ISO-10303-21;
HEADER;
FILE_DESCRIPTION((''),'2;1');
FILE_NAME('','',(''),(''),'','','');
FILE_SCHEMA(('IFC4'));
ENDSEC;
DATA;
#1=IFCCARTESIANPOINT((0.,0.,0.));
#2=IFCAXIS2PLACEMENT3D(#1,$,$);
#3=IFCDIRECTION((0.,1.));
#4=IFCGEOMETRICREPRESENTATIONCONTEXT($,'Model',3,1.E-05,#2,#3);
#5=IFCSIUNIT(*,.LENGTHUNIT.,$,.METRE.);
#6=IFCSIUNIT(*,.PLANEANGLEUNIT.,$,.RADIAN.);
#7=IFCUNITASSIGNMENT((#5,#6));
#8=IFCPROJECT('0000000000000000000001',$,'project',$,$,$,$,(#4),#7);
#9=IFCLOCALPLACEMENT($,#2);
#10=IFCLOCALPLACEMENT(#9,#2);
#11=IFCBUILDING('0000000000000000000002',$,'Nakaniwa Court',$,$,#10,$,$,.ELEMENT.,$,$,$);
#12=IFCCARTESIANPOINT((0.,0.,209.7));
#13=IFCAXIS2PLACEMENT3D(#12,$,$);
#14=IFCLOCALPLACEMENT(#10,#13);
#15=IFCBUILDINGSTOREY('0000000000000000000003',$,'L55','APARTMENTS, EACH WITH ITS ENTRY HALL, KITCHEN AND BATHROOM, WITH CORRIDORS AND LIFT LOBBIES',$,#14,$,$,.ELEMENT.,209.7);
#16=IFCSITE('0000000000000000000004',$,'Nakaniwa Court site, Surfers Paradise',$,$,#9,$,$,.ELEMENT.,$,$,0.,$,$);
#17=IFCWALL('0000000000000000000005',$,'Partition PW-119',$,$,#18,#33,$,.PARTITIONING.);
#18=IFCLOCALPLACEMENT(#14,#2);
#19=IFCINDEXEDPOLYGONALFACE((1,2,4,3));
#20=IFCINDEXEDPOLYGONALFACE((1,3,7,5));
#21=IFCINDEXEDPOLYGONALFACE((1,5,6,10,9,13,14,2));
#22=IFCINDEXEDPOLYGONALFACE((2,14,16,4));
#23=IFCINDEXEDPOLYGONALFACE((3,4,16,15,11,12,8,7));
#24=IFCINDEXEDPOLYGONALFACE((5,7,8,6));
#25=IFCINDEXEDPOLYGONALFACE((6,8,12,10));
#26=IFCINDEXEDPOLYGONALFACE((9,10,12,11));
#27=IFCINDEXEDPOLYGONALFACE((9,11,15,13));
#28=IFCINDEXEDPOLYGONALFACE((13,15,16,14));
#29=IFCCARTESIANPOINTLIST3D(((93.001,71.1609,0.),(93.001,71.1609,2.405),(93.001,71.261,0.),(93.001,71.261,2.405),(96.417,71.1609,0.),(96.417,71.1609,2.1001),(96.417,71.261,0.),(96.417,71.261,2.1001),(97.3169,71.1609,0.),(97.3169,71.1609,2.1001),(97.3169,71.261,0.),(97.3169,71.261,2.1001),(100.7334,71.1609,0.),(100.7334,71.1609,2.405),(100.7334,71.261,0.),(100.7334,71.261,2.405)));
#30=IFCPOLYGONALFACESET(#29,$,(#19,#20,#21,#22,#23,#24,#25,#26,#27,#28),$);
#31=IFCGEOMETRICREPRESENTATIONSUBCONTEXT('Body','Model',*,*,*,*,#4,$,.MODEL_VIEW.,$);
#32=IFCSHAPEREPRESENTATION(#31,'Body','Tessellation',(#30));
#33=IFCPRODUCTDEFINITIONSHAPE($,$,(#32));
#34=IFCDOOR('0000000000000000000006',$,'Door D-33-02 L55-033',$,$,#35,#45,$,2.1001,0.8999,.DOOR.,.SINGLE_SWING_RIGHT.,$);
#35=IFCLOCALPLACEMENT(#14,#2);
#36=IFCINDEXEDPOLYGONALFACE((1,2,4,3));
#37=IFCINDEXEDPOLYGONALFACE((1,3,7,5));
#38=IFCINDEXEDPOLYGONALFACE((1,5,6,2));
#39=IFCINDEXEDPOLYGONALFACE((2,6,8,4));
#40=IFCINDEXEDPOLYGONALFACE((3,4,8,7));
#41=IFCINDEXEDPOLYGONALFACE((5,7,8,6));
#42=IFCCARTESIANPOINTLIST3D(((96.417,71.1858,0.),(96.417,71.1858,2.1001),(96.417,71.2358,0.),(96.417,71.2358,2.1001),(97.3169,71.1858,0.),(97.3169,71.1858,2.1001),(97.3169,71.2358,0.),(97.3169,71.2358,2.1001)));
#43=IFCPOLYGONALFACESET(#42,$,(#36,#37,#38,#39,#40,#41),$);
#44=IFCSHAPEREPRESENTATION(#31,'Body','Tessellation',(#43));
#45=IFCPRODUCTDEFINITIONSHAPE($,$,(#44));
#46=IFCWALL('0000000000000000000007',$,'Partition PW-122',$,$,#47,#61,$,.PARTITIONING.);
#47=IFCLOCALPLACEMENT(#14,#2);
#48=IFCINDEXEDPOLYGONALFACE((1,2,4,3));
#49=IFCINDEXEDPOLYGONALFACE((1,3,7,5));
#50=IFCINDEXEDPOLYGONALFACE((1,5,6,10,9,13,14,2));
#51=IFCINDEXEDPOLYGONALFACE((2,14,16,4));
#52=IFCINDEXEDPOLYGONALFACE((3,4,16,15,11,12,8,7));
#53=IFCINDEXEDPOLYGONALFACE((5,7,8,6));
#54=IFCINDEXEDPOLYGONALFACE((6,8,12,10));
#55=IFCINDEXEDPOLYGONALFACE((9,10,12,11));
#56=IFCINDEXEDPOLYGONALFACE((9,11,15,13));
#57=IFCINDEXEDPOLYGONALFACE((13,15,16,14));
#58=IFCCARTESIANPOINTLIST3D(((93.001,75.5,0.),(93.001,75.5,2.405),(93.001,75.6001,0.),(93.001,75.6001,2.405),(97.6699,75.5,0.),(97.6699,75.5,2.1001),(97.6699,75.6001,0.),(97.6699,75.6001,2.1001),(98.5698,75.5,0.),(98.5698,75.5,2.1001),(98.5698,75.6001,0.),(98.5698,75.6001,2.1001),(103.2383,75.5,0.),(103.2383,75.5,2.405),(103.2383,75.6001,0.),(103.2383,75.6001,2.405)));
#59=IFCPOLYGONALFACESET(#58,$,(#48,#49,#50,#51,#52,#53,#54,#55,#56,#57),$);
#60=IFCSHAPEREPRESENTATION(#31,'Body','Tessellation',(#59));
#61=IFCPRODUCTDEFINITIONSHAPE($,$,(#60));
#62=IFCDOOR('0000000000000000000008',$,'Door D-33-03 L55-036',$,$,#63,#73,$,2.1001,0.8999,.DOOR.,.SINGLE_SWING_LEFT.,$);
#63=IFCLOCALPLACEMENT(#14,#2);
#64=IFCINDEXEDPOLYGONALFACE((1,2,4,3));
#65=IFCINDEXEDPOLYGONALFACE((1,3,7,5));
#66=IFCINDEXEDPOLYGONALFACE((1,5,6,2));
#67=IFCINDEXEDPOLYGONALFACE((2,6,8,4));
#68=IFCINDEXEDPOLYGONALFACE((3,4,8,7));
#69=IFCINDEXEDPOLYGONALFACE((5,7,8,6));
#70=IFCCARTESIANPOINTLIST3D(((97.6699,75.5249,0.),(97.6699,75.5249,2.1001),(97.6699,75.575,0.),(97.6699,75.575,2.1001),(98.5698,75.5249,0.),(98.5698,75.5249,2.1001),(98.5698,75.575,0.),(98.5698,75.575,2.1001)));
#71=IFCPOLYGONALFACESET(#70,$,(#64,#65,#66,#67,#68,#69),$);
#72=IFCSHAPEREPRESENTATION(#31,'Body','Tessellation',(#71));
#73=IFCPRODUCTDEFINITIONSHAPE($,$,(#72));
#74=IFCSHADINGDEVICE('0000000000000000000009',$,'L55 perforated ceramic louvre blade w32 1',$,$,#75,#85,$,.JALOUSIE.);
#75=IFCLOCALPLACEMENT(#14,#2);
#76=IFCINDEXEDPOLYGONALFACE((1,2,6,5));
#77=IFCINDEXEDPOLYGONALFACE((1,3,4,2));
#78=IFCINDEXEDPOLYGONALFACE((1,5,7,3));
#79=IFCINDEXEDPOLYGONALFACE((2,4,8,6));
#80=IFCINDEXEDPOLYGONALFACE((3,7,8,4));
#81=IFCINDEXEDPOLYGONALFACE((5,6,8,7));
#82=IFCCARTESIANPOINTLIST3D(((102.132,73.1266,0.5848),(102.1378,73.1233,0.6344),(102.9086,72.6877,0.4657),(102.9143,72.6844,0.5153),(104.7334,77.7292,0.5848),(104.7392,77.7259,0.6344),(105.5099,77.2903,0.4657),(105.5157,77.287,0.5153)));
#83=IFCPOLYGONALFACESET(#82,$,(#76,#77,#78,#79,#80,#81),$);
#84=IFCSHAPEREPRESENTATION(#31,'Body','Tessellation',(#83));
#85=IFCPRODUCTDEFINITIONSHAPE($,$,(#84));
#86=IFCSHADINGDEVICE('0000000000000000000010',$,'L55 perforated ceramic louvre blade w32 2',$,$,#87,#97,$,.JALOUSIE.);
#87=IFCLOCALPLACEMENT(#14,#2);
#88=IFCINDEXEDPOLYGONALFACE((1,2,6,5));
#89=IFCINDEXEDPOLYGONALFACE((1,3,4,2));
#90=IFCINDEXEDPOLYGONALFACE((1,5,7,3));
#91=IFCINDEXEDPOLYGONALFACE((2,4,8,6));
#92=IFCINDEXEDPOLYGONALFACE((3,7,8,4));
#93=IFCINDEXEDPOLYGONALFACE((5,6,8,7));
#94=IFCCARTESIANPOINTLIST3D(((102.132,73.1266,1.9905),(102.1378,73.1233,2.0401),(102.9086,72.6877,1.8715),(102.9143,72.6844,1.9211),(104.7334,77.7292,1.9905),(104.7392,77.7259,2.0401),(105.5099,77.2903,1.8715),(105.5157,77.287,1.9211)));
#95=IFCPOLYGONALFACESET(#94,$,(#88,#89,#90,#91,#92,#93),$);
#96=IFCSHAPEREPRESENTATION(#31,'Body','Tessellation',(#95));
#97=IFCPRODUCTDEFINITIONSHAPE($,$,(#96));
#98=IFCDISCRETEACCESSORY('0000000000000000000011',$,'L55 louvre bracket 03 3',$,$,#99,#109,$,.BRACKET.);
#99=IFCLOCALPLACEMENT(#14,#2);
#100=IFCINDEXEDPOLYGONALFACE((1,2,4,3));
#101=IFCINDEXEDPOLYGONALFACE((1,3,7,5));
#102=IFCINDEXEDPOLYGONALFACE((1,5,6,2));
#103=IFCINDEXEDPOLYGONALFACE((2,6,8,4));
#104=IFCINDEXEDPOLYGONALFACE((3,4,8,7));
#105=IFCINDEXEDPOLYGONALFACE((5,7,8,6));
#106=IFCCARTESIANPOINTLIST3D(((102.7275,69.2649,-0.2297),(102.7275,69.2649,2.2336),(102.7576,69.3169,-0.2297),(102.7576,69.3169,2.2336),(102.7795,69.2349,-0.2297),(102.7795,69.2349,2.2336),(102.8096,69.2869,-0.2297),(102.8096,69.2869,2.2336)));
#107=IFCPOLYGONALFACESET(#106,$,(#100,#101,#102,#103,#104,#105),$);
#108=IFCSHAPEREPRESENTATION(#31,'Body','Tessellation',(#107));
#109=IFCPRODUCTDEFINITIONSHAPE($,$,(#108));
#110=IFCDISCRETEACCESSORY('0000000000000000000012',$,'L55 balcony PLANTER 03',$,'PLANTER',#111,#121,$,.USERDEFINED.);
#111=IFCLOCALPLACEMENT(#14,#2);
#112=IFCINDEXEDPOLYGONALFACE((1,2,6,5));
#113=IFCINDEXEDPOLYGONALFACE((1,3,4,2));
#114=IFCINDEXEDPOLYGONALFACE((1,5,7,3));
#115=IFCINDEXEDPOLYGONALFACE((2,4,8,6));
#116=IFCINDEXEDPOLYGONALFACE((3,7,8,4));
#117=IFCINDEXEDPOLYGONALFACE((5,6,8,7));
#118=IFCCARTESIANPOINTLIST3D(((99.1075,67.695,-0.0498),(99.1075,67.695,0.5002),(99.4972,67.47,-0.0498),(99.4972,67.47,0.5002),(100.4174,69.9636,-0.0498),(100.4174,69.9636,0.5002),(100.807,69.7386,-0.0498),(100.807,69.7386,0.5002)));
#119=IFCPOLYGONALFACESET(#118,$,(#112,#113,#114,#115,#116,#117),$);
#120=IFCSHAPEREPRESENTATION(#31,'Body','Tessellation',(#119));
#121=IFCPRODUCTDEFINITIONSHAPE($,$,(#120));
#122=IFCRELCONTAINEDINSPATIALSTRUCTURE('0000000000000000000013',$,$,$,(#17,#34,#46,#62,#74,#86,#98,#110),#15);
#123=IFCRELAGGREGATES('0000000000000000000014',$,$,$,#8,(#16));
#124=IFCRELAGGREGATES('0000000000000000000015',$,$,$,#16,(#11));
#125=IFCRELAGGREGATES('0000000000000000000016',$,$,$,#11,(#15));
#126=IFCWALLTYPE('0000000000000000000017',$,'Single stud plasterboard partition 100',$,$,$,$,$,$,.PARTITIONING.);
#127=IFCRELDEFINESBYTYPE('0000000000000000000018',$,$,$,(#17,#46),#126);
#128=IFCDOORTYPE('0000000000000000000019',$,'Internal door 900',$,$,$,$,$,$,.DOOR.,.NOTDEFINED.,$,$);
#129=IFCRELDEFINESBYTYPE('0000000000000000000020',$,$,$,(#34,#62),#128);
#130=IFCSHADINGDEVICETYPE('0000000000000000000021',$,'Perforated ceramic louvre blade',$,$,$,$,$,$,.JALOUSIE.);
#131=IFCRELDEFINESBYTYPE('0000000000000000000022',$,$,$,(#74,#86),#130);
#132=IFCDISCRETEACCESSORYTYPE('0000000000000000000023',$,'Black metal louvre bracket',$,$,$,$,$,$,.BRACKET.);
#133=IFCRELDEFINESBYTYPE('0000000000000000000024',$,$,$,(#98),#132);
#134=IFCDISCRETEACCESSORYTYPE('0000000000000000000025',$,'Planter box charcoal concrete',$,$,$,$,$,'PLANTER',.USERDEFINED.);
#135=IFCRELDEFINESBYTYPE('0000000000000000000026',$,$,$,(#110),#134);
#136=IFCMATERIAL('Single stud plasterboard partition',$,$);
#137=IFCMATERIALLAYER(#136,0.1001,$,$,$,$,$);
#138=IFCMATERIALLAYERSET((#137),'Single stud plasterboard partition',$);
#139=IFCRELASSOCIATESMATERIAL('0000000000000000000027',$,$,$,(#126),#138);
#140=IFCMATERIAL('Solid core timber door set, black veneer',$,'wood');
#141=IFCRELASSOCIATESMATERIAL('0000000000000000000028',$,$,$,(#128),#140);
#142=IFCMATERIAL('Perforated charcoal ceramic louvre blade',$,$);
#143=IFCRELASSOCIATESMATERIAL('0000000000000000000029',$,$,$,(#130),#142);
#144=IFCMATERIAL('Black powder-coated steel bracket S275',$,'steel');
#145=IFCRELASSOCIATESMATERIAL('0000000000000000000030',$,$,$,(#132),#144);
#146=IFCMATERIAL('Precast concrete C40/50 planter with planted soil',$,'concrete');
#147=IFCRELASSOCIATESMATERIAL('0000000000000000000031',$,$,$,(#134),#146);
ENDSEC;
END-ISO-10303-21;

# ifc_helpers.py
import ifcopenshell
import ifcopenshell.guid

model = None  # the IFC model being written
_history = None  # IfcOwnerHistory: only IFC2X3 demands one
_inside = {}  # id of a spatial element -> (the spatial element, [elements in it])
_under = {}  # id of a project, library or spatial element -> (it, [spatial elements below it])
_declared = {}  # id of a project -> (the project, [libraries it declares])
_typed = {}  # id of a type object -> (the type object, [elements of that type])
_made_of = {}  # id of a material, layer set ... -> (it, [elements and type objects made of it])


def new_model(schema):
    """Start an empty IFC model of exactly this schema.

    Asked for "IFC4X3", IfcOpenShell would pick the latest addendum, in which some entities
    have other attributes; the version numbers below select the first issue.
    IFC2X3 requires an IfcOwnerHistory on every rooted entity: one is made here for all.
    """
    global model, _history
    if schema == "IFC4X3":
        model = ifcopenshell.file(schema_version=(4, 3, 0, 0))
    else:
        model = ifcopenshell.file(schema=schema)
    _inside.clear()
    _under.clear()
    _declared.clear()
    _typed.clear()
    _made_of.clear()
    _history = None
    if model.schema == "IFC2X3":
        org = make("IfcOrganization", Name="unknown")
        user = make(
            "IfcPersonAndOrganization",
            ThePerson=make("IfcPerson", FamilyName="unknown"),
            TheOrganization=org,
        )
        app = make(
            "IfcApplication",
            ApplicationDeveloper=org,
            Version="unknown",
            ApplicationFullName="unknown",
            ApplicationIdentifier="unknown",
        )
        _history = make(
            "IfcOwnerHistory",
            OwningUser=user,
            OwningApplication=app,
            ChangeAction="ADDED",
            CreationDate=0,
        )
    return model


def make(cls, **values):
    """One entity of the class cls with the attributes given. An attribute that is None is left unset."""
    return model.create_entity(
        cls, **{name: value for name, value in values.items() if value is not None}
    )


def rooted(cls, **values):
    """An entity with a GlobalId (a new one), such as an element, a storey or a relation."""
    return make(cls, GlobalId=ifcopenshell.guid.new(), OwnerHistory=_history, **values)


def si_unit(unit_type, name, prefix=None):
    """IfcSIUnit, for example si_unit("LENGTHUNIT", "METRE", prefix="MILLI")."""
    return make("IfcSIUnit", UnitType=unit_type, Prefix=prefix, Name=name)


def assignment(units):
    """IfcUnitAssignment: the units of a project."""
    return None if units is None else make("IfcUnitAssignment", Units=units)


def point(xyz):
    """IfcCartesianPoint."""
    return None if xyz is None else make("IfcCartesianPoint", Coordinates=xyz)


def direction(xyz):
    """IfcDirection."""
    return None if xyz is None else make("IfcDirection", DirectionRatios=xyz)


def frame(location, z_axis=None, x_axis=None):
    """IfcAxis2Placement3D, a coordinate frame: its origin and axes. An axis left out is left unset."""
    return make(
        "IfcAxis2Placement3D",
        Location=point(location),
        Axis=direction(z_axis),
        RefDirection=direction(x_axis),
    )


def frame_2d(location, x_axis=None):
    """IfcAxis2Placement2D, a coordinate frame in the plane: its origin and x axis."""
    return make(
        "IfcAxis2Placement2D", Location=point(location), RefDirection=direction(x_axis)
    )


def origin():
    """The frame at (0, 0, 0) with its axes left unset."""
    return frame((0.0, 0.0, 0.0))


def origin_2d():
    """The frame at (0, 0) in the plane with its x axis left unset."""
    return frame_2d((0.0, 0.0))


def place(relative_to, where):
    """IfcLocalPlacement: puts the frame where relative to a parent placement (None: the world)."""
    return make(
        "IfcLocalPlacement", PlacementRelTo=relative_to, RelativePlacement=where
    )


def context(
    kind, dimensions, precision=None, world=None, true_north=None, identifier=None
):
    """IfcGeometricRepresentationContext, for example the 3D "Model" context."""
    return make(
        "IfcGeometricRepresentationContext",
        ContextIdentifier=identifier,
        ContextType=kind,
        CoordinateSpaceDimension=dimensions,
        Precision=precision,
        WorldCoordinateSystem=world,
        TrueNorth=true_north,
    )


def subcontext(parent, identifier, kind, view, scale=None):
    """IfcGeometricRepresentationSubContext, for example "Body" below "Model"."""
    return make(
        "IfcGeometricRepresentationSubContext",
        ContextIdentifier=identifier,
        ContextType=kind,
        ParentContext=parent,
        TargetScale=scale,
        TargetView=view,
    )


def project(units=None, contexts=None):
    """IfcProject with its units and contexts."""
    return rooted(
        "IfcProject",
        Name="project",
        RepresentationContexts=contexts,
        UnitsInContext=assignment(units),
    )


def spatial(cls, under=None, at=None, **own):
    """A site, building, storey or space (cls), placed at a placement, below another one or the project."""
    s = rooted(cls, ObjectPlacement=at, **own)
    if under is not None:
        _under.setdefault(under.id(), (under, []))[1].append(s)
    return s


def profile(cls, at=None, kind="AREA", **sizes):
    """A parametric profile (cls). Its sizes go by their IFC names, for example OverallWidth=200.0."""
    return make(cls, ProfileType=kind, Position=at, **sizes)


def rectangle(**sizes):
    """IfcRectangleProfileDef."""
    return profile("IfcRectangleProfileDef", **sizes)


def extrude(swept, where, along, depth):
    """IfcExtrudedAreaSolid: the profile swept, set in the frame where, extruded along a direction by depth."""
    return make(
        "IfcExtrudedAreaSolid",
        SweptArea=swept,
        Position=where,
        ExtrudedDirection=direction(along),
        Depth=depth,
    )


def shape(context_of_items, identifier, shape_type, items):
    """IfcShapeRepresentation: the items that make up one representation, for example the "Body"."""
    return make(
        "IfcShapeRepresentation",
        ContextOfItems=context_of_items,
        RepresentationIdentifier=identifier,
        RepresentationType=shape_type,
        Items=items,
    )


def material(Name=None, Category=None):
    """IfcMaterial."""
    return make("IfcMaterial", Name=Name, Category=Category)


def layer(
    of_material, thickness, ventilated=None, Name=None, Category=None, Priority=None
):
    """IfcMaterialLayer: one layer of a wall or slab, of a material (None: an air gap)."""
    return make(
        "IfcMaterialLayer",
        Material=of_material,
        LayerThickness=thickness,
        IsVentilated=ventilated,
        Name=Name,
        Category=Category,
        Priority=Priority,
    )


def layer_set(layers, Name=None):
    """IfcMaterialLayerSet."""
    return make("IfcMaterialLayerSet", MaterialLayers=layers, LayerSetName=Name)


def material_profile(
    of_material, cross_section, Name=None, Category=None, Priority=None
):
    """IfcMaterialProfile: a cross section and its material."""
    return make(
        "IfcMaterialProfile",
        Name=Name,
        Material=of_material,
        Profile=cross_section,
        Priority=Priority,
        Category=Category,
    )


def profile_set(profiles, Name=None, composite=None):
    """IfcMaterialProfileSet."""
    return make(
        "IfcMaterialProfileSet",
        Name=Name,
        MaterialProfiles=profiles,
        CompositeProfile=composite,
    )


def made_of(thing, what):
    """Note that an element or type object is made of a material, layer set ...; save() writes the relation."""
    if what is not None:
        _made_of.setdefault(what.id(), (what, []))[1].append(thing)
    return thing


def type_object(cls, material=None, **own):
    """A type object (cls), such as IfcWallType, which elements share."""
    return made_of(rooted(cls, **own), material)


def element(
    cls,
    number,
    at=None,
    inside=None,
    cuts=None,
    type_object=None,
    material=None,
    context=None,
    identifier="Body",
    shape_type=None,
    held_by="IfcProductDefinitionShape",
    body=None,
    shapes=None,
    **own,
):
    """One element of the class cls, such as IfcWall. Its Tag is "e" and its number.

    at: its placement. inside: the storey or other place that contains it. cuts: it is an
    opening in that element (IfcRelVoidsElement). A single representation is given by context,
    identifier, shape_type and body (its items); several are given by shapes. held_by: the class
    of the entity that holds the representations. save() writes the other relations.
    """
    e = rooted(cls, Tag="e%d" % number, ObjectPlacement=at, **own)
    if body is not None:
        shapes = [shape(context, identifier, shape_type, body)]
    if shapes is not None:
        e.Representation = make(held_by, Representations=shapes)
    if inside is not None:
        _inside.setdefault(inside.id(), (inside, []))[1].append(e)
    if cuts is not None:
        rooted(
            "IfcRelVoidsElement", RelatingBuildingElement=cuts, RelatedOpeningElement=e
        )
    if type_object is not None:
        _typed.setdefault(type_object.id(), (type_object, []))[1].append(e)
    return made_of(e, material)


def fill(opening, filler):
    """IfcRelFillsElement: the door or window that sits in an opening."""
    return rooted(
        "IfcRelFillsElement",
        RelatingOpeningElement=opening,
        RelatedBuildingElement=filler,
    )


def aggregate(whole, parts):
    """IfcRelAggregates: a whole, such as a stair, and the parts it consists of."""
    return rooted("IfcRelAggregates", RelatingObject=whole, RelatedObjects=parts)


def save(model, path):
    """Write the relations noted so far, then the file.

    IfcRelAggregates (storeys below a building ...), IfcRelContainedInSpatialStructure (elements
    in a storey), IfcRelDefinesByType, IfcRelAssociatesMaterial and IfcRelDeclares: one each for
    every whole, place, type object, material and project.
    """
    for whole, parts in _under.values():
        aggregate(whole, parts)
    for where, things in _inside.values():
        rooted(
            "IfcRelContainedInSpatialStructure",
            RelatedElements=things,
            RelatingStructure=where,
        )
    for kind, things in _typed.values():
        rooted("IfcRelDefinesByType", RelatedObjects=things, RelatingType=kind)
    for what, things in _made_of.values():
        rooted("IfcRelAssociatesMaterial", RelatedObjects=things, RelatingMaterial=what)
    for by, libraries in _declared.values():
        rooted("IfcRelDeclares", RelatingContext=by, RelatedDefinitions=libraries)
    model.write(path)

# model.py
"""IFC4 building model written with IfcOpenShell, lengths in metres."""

from ifc_helpers import new_model, si_unit, direction, frame, frame_2d, origin, origin_2d, place, context, subcontext, project, spatial, rectangle, extrude, material, layer, layer_set, material_profile, profile_set, type_object, element, fill, save


model = new_model("IFC4")

# Units and contexts
model_context = context("Model", 3, precision=1e-05, world=origin(), true_north=direction((0.0, 1.0)))
body_context = subcontext(model_context, "Body", "Model", "MODEL_VIEW")
ifc_project = project(units=[si_unit("LENGTHUNIT", "METRE"), si_unit("PLANEANGLEUNIT", "RADIAN")], contexts=[model_context])

# Site, building, storey
site_placement = place(None, origin())
site = spatial("IfcSite", under=ifc_project, at=site_placement, Name="Nakaniwa Court site, Surfers Paradise", CompositionType="ELEMENT", RefElevation=0.0)
building_placement = place(site_placement, origin())
building = spatial("IfcBuilding", under=site, at=building_placement, Name="Nakaniwa Court", CompositionType="ELEMENT")
storey_placement = place(building_placement, frame((0.0, 0.0, 209.7)))
storey = spatial("IfcBuildingStorey", under=building, at=storey_placement, Name="L55", Description="APARTMENTS, EACH WITH ITS ENTRY HALL, KITCHEN AND BATHROOM, WITH CORRIDORS AND LIFT LOBBIES", CompositionType="ELEMENT", Elevation=209.7)

# Walls, openings, doors
ifc_material_1 = material(Name="Single stud plasterboard partition")
ifc_layer_1 = layer(ifc_material_1, 0.1001)
ifc_layer_set_1 = layer_set([ifc_layer_1], Name="Single stud plasterboard partition")
wall_type_1 = type_object("IfcWallType", Name="Single stud plasterboard partition 100", PredefinedType="PARTITIONING", material=ifc_layer_set_1)
wall_1_placement = place(storey_placement, frame((93.001, 71.2109, 0.0), z_axis=(0.0, 0.0, 1.0), x_axis=(1.0, 0.0, 0.0)))
wall_1 = element("IfcWall", 1, at=wall_1_placement, inside=storey, type_object=wall_type_1, Name="Partition PW-119", PredefinedType="PARTITIONING", context=body_context, shape_type="SweptSolid", body=[
    extrude(rectangle(XDim=7.7324, YDim=0.1001, at=frame_2d((3.8662, 0.0))), origin(), (0.0, 0.0, 1.0), 2.405),
])
opening_1_placement = place(wall_1_placement, frame((3.416, 0.0, 0.0)))
opening_1 = element("IfcOpeningElement", 2, at=opening_1_placement, cuts=wall_1, PredefinedType="OPENING", context=body_context, shape_type="SweptSolid", body=[
    extrude(rectangle(XDim=0.8999, YDim=2.1001, at=frame_2d((0.45, 1.05))), frame((0.0, 0.0601, 0.0), z_axis=(0.0, -1.0, 0.0), x_axis=(1.0, 0.0, 0.0)), (0.0, 0.0, 1.0), 0.1201),
])
ifc_material_2 = material(Name="Solid core timber door set, black veneer", Category="wood")
door_type = type_object("IfcDoorType", Name="Internal door 900", OperationType="NOTDEFINED", PredefinedType="DOOR", material=ifc_material_2)
door_1_placement = place(opening_1_placement, origin())
door_1 = element("IfcDoor", 3, at=door_1_placement, inside=storey, type_object=door_type, Name="Door D-33-02 L55-033", OperationType="SINGLE_SWING_RIGHT", OverallHeight=2.1001, OverallWidth=0.8999, PredefinedType="DOOR", context=body_context, shape_type="SweptSolid", body=[
    extrude(rectangle(XDim=0.8999, YDim=2.1001, at=frame_2d((0.45, 1.05))), frame((0.0, 0.0249, 0.0), z_axis=(0.0, -1.0, 0.0), x_axis=(1.0, 0.0, 0.0)), (0.0, 0.0, 1.0), 0.05),
])
fill(opening_1, door_1)
wall_2_placement = place(storey_placement, frame((93.001, 75.55, 0.0), z_axis=(0.0, 0.0, 1.0), x_axis=(1.0, 0.0, 0.0)))
wall_2 = element("IfcWall", 4, at=wall_2_placement, inside=storey, type_object=wall_type_1, Name="Partition PW-122", PredefinedType="PARTITIONING", context=body_context, shape_type="SweptSolid", body=[
    extrude(rectangle(XDim=10.2373, YDim=0.1001, at=frame_2d((5.1187, 0.0))), origin(), (0.0, 0.0, 1.0), 2.405),
])
opening_2_placement = place(wall_2_placement, frame((4.6689, 0.0, 0.0)))
opening_2 = element("IfcOpeningElement", 5, at=opening_2_placement, cuts=wall_2, PredefinedType="OPENING", context=body_context, shape_type="SweptSolid", body=[
    extrude(rectangle(XDim=0.8999, YDim=2.1001, at=frame_2d((0.45, 1.05))), frame((0.0, 0.0601, 0.0), z_axis=(0.0, -1.0, 0.0), x_axis=(1.0, 0.0, 0.0)), (0.0, 0.0, 1.0), 0.1201),
])
door_2_placement = place(opening_2_placement, origin())
door_2 = element("IfcDoor", 6, at=door_2_placement, inside=storey, type_object=door_type, Name="Door D-33-03 L55-036", OperationType="SINGLE_SWING_LEFT", OverallHeight=2.1001, OverallWidth=0.8999, PredefinedType="DOOR", context=body_context, shape_type="SweptSolid", body=[
    extrude(rectangle(XDim=0.8999, YDim=2.1001, at=frame_2d((0.45, 1.05))), frame((0.0, 0.0249, 0.0), z_axis=(0.0, -1.0, 0.0), x_axis=(1.0, 0.0, 0.0)), (0.0, 0.0, 1.0), 0.05),
])
fill(opening_2, door_2)

# Shading devices
ifc_material_3 = material(Name="Perforated charcoal ceramic louvre blade")
ifc_material_profile_1 = material_profile(ifc_material_3, rectangle(XDim=0.8999, YDim=0.05, at=origin_2d()), Name="Perforated ceramic louvre blade")
ifc_profile_set_1 = profile_set([ifc_material_profile_1], Name="Perforated charcoal ceramic louvre blade")
shading_device_type = type_object("IfcShadingDeviceType", Name="Perforated ceramic louvre blade", PredefinedType="JALOUSIE", material=ifc_profile_set_1)
for number, where, z_axis, x_axis, name in (
    (7, (102.5232, 72.9055, 0.55), (0.492041, 0.870572, 0.0), (-0.862925, 0.487718, 0.132256), "L55 perforated ceramic louvre blade w32 1"),
    (8, (102.5232, 72.9055, 1.9558), (0.492041, 0.870572, 0.0), (-0.862925, 0.487718, 0.132256), "L55 perforated ceramic louvre blade w32 2"),
):
    element("IfcShadingDevice", number, at=place(storey_placement, frame(where, z_axis=z_axis, x_axis=x_axis)), inside=storey, type_object=shading_device_type, Name=name, PredefinedType="JALOUSIE", context=body_context, shape_type="SweptSolid", body=[
        extrude(rectangle(XDim=0.8999, YDim=0.05, at=origin_2d()), origin(), (0.0, 0.0, 1.0), 5.2869),
    ])

# Discrete accessories
ifc_material_4 = material(Name="Black powder-coated steel bracket S275", Category="steel")
discrete_accessory_type_1 = type_object("IfcDiscreteAccessoryType", Name="Black metal louvre bracket", PredefinedType="BRACKET", material=ifc_material_4)
discrete_accessory_1_placement = place(storey_placement, frame((102.7686, 69.2759, -0.2297), z_axis=(0.0, 0.0, 1.0), x_axis=(0.500017, 0.866016, 0.0)))
element("IfcDiscreteAccessory", 9, at=discrete_accessory_1_placement, inside=storey, type_object=discrete_accessory_type_1, Name="L55 louvre bracket 03 3", PredefinedType="BRACKET", context=body_context, shape_type="SweptSolid", body=[
    extrude(rectangle(XDim=0.0601, YDim=0.0601, at=origin_2d()), origin(), (0.0, 0.0, 1.0), 2.4634),
])
ifc_material_5 = material(Name="Precast concrete C40/50 planter with planted soil", Category="concrete")
discrete_accessory_type_2 = type_object("IfcDiscreteAccessoryType", Name="Planter box charcoal concrete", ElementType="PLANTER", PredefinedType="USERDEFINED", material=ifc_material_5)
discrete_accessory_2_placement = place(storey_placement, frame((99.9573, 68.7168, -0.0498), z_axis=(0.0, 0.0, 1.0), x_axis=(0.500017, 0.866016, 0.0)))
element("IfcDiscreteAccessory", 10, at=discrete_accessory_2_placement, inside=storey, type_object=discrete_accessory_type_2, Name="L55 balcony PLANTER 03", ObjectType="PLANTER", PredefinedType="USERDEFINED", context=body_context, shape_type="SweptSolid", body=[
    extrude(rectangle(XDim=2.6196, YDim=0.45, at=origin_2d()), origin(), (0.0, 0.0, 1.0), 0.55),
])

save(model, "model.ifc")
